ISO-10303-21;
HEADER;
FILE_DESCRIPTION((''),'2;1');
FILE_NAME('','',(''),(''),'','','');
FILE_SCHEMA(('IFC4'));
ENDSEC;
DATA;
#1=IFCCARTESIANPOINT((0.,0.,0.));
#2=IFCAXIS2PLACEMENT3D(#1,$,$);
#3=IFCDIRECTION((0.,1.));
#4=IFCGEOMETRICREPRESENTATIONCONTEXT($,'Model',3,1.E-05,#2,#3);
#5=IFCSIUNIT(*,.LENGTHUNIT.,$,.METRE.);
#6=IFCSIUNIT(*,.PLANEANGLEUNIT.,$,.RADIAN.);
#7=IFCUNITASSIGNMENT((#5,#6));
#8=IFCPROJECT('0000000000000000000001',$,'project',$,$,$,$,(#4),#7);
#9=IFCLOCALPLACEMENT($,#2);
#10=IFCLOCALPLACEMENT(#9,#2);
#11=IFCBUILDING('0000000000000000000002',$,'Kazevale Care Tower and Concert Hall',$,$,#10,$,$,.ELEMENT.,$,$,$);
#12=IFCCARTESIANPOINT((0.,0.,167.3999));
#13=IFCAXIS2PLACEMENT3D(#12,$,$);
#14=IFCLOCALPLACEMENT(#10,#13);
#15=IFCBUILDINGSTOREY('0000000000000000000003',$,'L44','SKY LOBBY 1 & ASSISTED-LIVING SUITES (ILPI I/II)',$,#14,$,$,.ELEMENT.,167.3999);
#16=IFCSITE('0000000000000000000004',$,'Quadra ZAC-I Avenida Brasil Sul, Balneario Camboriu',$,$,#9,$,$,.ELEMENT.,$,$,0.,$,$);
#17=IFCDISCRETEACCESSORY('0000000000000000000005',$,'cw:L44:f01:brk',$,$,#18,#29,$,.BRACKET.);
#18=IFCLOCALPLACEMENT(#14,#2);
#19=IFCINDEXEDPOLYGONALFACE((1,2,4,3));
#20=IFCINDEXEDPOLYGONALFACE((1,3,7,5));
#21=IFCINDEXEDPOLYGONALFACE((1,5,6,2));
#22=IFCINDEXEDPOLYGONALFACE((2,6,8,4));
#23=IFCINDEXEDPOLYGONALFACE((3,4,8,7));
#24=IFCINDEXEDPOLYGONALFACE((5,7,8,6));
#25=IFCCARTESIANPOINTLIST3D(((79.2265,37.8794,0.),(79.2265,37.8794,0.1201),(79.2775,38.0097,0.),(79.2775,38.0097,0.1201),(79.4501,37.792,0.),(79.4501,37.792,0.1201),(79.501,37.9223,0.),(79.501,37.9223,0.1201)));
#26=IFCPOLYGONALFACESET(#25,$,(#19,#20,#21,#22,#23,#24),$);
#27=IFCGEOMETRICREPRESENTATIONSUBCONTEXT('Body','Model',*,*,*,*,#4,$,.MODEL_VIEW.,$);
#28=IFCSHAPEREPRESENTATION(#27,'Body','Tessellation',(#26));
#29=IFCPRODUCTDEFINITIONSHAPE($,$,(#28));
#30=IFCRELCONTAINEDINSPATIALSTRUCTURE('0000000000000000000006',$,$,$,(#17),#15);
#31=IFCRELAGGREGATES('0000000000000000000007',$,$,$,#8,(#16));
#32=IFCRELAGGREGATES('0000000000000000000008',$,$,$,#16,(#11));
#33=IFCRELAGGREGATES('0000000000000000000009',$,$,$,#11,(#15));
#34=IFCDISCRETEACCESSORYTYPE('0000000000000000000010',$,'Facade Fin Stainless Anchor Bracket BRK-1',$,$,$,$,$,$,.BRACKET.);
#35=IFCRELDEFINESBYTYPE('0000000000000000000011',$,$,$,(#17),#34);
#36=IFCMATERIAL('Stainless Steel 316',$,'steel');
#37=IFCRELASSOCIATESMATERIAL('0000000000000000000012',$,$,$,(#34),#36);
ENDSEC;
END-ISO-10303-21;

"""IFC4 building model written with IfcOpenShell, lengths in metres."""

from ifc_helpers import new_model, si_unit, direction, frame, origin, origin_2d, place, context, subcontext, project, spatial, rectangle, extrude, material, type_object, element, save


model = new_model("IFC4")

# Units and contexts
model_context = context("Model", 3, precision=1e-05, world=origin(), true_north=direction((0.0, 1.0)))
body_context = subcontext(model_context, "Body", "Model", "MODEL_VIEW")
ifc_project = project(units=[si_unit("LENGTHUNIT", "METRE"), si_unit("PLANEANGLEUNIT", "RADIAN")], contexts=[model_context])

# Site, building, storey
site_placement = place(None, origin())
site = spatial("IfcSite", under=ifc_project, at=site_placement, Name="Quadra ZAC-I Avenida Brasil Sul, Balneario Camboriu", CompositionType="ELEMENT", RefElevation=0.0)
building_placement = place(site_placement, origin())
building = spatial("IfcBuilding", under=site, at=building_placement, Name="Kazevale Care Tower and Concert Hall", CompositionType="ELEMENT")
storey_placement = place(building_placement, frame((0.0, 0.0, 167.3999)))
storey = spatial("IfcBuildingStorey", under=building, at=storey_placement, Name="L44", Description="SKY LOBBY 1 & ASSISTED-LIVING SUITES (ILPI I/II)", CompositionType="ELEMENT", Elevation=167.3999)

# Discrete accessory
ifc_material_1 = material(Name="Stainless Steel 316", Category="steel")
discrete_accessory_type = type_object("IfcDiscreteAccessoryType", Name="Facade Fin Stainless Anchor Bracket BRK-1", PredefinedType="BRACKET", material=ifc_material_1)
discrete_accessory_placement = place(storey_placement, frame((79.3638, 37.9009, 0.0), z_axis=(0.0, 0.0, 1.0), x_axis=(0.931374, -0.364064, 0.0)))
element("IfcDiscreteAccessory", 1, at=discrete_accessory_placement, inside=storey, type_object=discrete_accessory_type, Name="cw:L44:f01:brk", PredefinedType="BRACKET", context=body_context, shape_type="SweptSolid", body=[
    extrude(rectangle(XDim=0.24, YDim=0.1399, at=origin_2d()), origin(), (0.0, 0.0, 1.0), 0.1201),
])

save(model, "model.ifc")
